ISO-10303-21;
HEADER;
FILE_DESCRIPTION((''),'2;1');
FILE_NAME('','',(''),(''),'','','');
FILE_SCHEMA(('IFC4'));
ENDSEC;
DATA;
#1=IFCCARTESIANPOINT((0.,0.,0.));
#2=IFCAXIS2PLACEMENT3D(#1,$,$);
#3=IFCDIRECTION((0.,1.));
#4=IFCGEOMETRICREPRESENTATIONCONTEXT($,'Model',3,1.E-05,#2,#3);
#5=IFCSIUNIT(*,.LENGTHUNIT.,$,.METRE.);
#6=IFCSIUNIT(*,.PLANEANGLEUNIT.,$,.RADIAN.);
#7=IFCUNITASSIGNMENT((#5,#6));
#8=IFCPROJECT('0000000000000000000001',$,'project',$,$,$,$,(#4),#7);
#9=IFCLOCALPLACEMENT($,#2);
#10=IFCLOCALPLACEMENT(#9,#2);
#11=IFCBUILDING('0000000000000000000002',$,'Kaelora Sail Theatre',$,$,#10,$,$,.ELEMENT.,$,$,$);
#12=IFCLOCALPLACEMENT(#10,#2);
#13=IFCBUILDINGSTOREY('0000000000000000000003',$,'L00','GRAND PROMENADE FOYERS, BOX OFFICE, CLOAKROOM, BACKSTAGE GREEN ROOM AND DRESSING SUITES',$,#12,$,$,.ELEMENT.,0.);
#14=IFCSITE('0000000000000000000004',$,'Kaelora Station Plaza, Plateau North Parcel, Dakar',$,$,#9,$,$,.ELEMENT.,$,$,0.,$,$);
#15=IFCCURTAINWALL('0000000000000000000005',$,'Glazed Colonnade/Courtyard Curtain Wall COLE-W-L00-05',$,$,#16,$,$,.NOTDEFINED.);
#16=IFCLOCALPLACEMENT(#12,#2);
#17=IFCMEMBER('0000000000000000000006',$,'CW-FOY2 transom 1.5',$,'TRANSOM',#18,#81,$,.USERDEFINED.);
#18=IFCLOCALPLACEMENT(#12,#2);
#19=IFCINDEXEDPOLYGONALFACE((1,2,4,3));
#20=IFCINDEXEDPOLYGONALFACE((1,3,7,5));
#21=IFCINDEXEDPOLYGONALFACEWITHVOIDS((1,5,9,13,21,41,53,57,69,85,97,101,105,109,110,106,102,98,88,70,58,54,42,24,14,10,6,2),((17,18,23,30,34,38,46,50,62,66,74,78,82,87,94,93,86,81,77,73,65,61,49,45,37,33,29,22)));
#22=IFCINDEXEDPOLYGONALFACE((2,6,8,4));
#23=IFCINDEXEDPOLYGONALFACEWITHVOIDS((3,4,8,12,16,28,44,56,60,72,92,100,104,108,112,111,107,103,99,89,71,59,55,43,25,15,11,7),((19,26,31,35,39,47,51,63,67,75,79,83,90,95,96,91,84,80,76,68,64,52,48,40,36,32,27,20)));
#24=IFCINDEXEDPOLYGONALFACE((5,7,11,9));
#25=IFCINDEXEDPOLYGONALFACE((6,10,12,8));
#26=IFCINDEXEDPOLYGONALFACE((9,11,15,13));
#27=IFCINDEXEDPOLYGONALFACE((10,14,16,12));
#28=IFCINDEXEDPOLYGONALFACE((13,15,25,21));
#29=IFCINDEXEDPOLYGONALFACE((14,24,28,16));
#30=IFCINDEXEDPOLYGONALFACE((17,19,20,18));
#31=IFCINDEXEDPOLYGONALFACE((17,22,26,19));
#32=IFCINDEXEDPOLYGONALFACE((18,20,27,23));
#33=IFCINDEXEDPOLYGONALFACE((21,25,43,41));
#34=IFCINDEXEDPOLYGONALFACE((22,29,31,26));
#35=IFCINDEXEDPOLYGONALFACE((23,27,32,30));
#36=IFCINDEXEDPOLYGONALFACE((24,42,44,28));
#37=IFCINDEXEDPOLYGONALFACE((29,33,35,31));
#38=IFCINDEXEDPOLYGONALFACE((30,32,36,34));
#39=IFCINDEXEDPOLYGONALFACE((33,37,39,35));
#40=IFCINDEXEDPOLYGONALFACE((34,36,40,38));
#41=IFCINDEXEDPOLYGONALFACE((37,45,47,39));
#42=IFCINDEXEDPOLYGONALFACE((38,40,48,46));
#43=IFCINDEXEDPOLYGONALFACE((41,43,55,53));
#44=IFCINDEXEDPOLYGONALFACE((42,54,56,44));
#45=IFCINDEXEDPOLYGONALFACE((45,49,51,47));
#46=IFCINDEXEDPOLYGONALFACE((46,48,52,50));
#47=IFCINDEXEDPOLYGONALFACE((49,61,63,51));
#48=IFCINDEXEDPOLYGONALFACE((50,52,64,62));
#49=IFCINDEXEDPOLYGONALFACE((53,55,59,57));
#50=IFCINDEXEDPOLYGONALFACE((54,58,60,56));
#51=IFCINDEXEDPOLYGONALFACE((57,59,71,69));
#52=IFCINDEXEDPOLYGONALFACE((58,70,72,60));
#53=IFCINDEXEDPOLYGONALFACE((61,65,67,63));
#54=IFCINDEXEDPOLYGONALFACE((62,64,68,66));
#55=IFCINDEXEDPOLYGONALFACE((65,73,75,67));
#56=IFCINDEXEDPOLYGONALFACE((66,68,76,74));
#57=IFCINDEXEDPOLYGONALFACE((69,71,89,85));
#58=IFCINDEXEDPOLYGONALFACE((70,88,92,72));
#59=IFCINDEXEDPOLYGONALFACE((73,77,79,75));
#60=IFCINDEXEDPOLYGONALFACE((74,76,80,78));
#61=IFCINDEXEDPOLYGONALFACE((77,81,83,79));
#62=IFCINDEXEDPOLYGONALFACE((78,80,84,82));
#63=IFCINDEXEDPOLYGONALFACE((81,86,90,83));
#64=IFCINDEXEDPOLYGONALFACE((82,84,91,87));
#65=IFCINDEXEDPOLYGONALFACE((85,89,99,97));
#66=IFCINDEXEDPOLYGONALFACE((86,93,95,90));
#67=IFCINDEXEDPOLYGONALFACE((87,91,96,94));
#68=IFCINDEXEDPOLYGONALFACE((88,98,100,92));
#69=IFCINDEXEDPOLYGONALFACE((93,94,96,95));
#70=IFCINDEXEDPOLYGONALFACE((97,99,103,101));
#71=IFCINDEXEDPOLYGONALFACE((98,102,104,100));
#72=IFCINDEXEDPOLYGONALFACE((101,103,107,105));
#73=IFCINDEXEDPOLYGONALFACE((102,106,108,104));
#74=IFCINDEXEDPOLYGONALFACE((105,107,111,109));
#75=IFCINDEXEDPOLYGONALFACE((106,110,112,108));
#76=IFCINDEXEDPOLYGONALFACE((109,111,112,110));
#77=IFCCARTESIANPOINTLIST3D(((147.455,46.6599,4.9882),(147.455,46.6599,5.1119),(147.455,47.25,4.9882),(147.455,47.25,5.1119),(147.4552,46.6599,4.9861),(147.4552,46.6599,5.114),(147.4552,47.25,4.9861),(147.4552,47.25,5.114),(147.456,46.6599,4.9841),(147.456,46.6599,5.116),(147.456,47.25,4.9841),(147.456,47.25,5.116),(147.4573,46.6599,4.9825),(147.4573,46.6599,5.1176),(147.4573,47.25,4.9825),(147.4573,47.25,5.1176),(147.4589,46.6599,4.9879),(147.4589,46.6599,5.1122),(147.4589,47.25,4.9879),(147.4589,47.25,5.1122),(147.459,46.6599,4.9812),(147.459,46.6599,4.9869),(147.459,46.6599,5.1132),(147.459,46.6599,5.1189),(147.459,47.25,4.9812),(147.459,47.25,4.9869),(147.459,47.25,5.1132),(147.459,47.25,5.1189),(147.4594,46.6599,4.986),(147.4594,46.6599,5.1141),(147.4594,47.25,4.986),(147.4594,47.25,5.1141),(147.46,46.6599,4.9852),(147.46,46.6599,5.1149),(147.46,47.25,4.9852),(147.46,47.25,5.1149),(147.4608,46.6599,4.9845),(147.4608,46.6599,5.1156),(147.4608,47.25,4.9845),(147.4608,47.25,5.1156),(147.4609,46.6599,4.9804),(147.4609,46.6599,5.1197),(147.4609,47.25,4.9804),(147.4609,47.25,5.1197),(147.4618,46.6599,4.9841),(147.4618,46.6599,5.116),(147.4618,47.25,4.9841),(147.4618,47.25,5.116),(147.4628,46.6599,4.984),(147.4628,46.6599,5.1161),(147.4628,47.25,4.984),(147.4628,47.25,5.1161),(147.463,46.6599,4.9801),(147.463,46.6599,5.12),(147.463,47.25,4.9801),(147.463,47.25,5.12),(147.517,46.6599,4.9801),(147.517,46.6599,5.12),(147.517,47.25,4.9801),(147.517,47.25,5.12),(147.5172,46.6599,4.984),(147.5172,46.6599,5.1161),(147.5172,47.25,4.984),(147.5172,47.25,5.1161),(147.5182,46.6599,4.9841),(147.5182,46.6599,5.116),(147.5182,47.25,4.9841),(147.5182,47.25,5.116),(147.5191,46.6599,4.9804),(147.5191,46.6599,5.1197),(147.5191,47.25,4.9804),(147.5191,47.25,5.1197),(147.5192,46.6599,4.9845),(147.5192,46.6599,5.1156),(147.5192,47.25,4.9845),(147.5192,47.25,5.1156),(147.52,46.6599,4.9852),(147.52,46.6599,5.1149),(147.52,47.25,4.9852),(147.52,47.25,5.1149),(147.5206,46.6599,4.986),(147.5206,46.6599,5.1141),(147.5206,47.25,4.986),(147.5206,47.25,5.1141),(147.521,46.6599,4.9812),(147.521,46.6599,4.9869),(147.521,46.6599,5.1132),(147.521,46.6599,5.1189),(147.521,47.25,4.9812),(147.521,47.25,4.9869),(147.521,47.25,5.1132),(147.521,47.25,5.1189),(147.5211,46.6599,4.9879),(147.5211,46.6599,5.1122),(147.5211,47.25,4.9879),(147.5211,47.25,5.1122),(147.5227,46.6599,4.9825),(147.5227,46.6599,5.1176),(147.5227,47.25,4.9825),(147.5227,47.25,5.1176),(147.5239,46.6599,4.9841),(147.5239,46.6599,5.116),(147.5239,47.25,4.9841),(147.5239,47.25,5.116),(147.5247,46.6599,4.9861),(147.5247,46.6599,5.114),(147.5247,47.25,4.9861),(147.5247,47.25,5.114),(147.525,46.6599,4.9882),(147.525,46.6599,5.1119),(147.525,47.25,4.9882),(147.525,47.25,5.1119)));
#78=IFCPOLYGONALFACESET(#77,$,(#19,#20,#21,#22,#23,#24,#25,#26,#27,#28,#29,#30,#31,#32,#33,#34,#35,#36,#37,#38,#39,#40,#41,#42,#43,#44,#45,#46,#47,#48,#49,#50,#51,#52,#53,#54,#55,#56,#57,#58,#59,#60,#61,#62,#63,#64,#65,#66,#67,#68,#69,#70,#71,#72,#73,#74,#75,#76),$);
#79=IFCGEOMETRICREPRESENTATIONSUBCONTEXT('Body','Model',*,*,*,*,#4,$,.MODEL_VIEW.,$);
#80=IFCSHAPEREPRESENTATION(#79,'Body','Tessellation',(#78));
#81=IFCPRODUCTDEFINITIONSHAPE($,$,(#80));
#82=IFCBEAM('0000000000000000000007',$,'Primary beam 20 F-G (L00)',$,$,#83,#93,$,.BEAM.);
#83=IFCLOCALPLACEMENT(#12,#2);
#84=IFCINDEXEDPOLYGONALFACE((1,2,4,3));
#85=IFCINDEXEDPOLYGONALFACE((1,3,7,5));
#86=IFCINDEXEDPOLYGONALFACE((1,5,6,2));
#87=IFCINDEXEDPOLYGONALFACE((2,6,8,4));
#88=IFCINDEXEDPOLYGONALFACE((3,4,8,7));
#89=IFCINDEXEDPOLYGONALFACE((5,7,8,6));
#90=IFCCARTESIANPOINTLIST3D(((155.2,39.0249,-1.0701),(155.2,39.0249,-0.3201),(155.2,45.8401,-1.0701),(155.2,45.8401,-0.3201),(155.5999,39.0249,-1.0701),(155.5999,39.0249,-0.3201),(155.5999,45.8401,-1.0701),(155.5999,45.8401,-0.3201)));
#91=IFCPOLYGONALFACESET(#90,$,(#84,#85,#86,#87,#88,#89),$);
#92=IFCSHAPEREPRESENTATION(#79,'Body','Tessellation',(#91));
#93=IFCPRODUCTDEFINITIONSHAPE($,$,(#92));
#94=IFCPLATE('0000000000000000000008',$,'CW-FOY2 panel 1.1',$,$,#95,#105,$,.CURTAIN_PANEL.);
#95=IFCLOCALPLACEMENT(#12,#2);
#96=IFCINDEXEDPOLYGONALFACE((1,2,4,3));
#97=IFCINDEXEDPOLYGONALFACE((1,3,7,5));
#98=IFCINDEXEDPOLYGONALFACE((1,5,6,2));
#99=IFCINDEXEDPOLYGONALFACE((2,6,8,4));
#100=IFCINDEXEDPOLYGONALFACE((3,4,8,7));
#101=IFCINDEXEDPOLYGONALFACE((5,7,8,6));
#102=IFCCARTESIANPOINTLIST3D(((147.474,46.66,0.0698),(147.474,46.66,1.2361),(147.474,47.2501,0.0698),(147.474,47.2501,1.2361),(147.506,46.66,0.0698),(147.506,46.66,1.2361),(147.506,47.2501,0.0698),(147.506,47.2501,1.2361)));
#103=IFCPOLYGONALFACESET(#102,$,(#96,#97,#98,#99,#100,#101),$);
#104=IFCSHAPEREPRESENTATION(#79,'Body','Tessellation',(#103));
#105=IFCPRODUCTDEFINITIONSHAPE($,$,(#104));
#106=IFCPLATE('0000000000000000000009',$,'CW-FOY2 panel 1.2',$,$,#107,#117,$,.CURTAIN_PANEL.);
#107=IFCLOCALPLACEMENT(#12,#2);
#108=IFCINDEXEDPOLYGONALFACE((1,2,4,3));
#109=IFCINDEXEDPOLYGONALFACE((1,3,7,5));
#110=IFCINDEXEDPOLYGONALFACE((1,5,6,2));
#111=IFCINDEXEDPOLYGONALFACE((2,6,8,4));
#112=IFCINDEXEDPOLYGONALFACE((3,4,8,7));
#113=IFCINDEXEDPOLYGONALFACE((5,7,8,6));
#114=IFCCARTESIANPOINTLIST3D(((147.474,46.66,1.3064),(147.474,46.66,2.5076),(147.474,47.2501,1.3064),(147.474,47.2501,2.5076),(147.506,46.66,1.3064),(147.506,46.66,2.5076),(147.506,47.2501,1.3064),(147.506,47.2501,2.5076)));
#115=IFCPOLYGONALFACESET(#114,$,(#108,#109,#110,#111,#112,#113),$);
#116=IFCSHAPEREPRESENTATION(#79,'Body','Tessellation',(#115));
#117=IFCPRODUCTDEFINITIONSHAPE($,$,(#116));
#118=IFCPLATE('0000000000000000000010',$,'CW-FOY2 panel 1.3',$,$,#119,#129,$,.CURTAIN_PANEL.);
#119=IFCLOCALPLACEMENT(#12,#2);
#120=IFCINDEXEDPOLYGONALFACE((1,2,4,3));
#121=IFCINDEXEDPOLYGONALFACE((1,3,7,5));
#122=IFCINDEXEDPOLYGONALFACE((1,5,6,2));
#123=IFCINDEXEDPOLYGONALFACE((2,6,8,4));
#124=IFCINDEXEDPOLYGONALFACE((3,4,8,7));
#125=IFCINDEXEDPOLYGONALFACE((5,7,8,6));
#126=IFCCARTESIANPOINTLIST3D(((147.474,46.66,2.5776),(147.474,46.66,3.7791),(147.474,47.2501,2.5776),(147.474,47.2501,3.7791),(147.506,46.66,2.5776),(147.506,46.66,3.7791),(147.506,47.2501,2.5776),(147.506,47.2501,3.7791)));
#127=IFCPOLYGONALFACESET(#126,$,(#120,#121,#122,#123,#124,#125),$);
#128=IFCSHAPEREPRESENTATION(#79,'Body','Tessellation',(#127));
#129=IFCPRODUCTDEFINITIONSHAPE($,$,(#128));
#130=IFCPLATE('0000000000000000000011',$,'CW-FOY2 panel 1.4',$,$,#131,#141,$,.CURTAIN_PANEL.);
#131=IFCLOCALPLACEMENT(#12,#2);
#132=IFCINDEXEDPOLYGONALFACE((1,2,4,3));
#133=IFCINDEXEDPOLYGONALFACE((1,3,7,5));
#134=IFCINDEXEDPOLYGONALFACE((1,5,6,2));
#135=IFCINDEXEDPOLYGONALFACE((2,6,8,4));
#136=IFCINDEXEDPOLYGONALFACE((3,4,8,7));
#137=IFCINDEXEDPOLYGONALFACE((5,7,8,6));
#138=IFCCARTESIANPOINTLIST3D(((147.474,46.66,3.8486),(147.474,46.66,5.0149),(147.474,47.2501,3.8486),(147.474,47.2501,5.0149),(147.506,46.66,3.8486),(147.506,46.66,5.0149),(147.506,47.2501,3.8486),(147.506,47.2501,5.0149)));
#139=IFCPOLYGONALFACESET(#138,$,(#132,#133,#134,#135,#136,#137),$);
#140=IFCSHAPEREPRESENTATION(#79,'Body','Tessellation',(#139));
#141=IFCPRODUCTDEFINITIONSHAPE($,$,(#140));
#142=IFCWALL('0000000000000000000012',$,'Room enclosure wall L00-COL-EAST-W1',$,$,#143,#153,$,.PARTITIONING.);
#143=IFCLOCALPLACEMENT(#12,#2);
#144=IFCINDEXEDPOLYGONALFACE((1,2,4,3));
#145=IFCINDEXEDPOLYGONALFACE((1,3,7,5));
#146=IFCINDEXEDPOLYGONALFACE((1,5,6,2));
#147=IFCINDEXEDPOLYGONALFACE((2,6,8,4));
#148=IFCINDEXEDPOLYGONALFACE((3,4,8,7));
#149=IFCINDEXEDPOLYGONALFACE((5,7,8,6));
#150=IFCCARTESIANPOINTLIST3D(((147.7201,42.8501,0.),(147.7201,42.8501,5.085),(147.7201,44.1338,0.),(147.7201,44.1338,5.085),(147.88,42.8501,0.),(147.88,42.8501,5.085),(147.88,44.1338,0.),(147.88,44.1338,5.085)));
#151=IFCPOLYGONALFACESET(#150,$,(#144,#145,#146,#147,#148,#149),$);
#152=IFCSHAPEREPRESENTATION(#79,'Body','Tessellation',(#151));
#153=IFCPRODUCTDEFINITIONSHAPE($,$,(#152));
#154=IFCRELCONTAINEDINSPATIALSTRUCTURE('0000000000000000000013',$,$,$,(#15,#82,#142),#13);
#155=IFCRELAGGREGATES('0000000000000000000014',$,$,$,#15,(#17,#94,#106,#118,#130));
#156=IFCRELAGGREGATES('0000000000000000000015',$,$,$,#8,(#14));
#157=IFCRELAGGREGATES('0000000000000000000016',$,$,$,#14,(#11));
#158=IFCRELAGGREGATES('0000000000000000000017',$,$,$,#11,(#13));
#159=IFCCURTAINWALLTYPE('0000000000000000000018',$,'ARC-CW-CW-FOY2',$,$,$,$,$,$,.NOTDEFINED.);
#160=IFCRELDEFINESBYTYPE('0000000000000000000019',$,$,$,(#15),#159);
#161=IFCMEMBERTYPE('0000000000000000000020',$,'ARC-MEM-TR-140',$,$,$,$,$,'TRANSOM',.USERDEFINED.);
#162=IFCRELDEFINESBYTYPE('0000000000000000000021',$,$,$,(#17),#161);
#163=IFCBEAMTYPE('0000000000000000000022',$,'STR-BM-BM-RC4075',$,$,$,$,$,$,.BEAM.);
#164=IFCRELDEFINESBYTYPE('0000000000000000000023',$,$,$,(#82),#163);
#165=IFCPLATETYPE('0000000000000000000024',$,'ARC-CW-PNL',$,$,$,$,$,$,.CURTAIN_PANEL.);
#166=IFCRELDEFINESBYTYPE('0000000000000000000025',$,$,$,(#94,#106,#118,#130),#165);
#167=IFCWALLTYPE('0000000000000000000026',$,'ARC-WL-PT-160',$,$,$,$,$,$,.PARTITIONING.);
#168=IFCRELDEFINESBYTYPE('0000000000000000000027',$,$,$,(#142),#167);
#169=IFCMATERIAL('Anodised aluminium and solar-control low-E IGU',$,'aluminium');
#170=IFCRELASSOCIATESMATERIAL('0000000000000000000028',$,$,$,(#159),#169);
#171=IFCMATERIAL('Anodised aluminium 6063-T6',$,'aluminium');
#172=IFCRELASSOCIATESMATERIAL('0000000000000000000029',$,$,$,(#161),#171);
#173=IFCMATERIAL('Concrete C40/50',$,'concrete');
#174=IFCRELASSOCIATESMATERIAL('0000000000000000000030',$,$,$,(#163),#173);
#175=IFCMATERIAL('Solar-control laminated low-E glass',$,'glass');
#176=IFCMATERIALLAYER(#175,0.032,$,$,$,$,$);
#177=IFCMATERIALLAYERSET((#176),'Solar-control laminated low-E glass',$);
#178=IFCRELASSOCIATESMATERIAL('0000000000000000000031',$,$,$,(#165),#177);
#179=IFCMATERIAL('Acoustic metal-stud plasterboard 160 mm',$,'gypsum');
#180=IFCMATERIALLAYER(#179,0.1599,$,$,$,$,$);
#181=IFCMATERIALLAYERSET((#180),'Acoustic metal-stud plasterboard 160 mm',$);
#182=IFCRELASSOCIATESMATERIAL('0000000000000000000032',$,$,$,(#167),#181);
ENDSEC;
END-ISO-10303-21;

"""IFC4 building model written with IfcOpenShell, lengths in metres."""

from ifc_helpers import new_model, si_unit, direction, frame, frame_2d, origin, origin_2d, place, context, subcontext, project, spatial, rectangle, hollow_rectangle, extrude, material, layer, layer_set, material_profile, profile_set, type_object, element, aggregate, save


model = new_model("IFC4")

# Units and contexts
model_context = context("Model", 3, precision=1e-05, world=origin(), true_north=direction((0.0, 1.0)))
body_context = subcontext(model_context, "Body", "Model", "MODEL_VIEW")
ifc_project = project(units=[si_unit("LENGTHUNIT", "METRE"), si_unit("PLANEANGLEUNIT", "RADIAN")], contexts=[model_context])

# Site, building, storey
site_placement = place(None, origin())
site = spatial("IfcSite", under=ifc_project, at=site_placement, Name="Kaelora Station Plaza, Plateau North Parcel, Dakar", CompositionType="ELEMENT", RefElevation=0.0)
building_placement = place(site_placement, origin())
building = spatial("IfcBuilding", under=site, at=building_placement, Name="Kaelora Sail Theatre", CompositionType="ELEMENT")
storey_placement = place(building_placement, origin())
storey = spatial("IfcBuildingStorey", under=building, at=storey_placement, Name="L00", Description="GRAND PROMENADE FOYERS, BOX OFFICE, CLOAKROOM, BACKSTAGE GREEN ROOM AND DRESSING SUITES", CompositionType="ELEMENT", Elevation=0.0)

# Curtain wall, member
ifc_material_1 = material(Name="Anodised aluminium and solar-control low-E IGU", Category="aluminium")
curtain_wall_type = type_object("IfcCurtainWallType", Name="ARC-CW-CW-FOY2", PredefinedType="NOTDEFINED", material=ifc_material_1)
curtain_wall_placement = place(storey_placement, origin())
curtain_wall = element("IfcCurtainWall", 1, at=curtain_wall_placement, inside=storey, type_object=curtain_wall_type, Name="Glazed Colonnade/Courtyard Curtain Wall COLE-W-L00-05", PredefinedType="NOTDEFINED")
ifc_material_2 = material(Name="Anodised aluminium 6063-T6", Category="aluminium")
ifc_material_profile_1 = material_profile(ifc_material_2, hollow_rectangle(XDim=0.0701, YDim=0.1399, WallThickness=0.0039, InnerFilletRadius=0.0039, OuterFilletRadius=0.0081, at=origin_2d()), Name="ALU-TRAN 70x140x4")
ifc_profile_set_1 = profile_set([ifc_material_profile_1], Name="Anodised aluminium 6063-T6")
member_type_1 = type_object("IfcMemberType", Name="ARC-MEM-TR-140", ElementType="TRANSOM", PredefinedType="USERDEFINED", material=ifc_profile_set_1)
member_1_placement = place(storey_placement, frame((147.49, 46.6599, 5.05), z_axis=(0.0, 1.0, 0.0), x_axis=(-1.0, 0.0, 0.0)))
member_1 = element("IfcMember", 2, at=member_1_placement, type_object=member_type_1, Name="CW-FOY2 transom 1.5", ObjectType="TRANSOM", PredefinedType="USERDEFINED", context=body_context, shape_type="SweptSolid", body=[
    extrude(hollow_rectangle(XDim=0.0701, YDim=0.1399, WallThickness=0.0039, InnerFilletRadius=0.0039, OuterFilletRadius=0.0081, at=origin_2d()), origin(), (0.0, 0.0, 1.0), 0.5901),
])

# Beam
ifc_material_3 = material(Name="Concrete C40/50", Category="concrete")
ifc_material_profile_2 = material_profile(ifc_material_3, rectangle(XDim=0.3999, YDim=0.75, at=origin_2d()), Name="RC-BM 400x750")
ifc_profile_set_2 = profile_set([ifc_material_profile_2], Name="Concrete C40/50")
beam_type = type_object("IfcBeamType", Name="STR-BM-BM-RC4075", PredefinedType="BEAM", material=ifc_profile_set_2)
beam_placement = place(storey_placement, frame((155.3999, 39.0249, -0.6951), z_axis=(0.0, 1.0, 0.0), x_axis=(-1.0, 0.0, 0.0)))
element("IfcBeam", 3, at=beam_placement, inside=storey, type_object=beam_type, Name="Primary beam 20 F-G (L00)", PredefinedType="BEAM", context=body_context, shape_type="SweptSolid", body=[
    extrude(rectangle(XDim=0.3999, YDim=0.75, at=origin_2d()), origin(), (0.0, 0.0, 1.0), 6.8152),
])

# Plates
ifc_material_4 = material(Name="Solar-control laminated low-E glass", Category="glass")
ifc_layer_1 = layer(ifc_material_4, 0.032)
ifc_layer_set_1 = layer_set([ifc_layer_1], Name="Solar-control laminated low-E glass")
plate_type = type_object("IfcPlateType", Name="ARC-CW-PNL", PredefinedType="CURTAIN_PANEL", material=ifc_layer_set_1)
plate_1_placement = place(storey_placement, frame((147.49, 46.9551, 0.0698), z_axis=(0.0, 0.0, 1.0), x_axis=(0.0, 1.0, 0.0)))
plate_1 = element("IfcPlate", 4, at=plate_1_placement, type_object=plate_type, Name="CW-FOY2 panel 1.1", PredefinedType="CURTAIN_PANEL", context=body_context, shape_type="SweptSolid", body=[
    extrude(rectangle(XDim=0.5901, YDim=0.032, at=origin_2d()), origin(), (0.0, 0.0, 1.0), 1.1663),
])
plate_2_placement = place(storey_placement, frame((147.49, 46.9551, 1.3064), z_axis=(0.0, 0.0, 1.0), x_axis=(0.0, 1.0, 0.0)))
plate_2 = element("IfcPlate", 5, at=plate_2_placement, type_object=plate_type, Name="CW-FOY2 panel 1.2", PredefinedType="CURTAIN_PANEL", context=body_context, shape_type="SweptSolid", body=[
    extrude(rectangle(XDim=0.5901, YDim=0.032, at=origin_2d()), origin(), (0.0, 0.0, 1.0), 1.2012),
])
plate_3_placement = place(storey_placement, frame((147.49, 46.9551, 2.5776), z_axis=(0.0, 0.0, 1.0), x_axis=(0.0, 1.0, 0.0)))
plate_3 = element("IfcPlate", 6, at=plate_3_placement, type_object=plate_type, Name="CW-FOY2 panel 1.3", PredefinedType="CURTAIN_PANEL", context=body_context, shape_type="SweptSolid", body=[
    extrude(rectangle(XDim=0.5901, YDim=0.032, at=origin_2d()), origin(), (0.0, 0.0, 1.0), 1.2014),
])
plate_4_placement = place(storey_placement, frame((147.49, 46.9551, 3.8486), z_axis=(0.0, 0.0, 1.0), x_axis=(0.0, 1.0, 0.0)))
plate_4 = element("IfcPlate", 7, at=plate_4_placement, type_object=plate_type, Name="CW-FOY2 panel 1.4", PredefinedType="CURTAIN_PANEL", context=body_context, shape_type="SweptSolid", body=[
    extrude(rectangle(XDim=0.5901, YDim=0.032, at=origin_2d()), origin(), (0.0, 0.0, 1.0), 1.1663),
])
aggregate(curtain_wall, [member_1, plate_1, plate_2, plate_3, plate_4])

# Wall
ifc_material_5 = material(Name="Acoustic metal-stud plasterboard 160 mm", Category="gypsum")
ifc_layer_2 = layer(ifc_material_5, 0.1599)
ifc_layer_set_2 = layer_set([ifc_layer_2], Name="Acoustic metal-stud plasterboard 160 mm")
wall_type = type_object("IfcWallType", Name="ARC-WL-PT-160", PredefinedType="PARTITIONING", material=ifc_layer_set_2)
wall_placement = place(storey_placement, frame((147.8, 42.8501, 0.0), z_axis=(0.0, 0.0, 1.0), x_axis=(0.0, 1.0, 0.0)))
element("IfcWall", 8, at=wall_placement, inside=storey, type_object=wall_type, Name="Room enclosure wall L00-COL-EAST-W1", PredefinedType="PARTITIONING", context=body_context, shape_type="SweptSolid", body=[
    extrude(rectangle(XDim=1.2837, YDim=0.1599, at=frame_2d((0.6418, 0.0))), origin(), (0.0, 0.0, 1.0), 5.085),
])

save(model, "model.ifc")
